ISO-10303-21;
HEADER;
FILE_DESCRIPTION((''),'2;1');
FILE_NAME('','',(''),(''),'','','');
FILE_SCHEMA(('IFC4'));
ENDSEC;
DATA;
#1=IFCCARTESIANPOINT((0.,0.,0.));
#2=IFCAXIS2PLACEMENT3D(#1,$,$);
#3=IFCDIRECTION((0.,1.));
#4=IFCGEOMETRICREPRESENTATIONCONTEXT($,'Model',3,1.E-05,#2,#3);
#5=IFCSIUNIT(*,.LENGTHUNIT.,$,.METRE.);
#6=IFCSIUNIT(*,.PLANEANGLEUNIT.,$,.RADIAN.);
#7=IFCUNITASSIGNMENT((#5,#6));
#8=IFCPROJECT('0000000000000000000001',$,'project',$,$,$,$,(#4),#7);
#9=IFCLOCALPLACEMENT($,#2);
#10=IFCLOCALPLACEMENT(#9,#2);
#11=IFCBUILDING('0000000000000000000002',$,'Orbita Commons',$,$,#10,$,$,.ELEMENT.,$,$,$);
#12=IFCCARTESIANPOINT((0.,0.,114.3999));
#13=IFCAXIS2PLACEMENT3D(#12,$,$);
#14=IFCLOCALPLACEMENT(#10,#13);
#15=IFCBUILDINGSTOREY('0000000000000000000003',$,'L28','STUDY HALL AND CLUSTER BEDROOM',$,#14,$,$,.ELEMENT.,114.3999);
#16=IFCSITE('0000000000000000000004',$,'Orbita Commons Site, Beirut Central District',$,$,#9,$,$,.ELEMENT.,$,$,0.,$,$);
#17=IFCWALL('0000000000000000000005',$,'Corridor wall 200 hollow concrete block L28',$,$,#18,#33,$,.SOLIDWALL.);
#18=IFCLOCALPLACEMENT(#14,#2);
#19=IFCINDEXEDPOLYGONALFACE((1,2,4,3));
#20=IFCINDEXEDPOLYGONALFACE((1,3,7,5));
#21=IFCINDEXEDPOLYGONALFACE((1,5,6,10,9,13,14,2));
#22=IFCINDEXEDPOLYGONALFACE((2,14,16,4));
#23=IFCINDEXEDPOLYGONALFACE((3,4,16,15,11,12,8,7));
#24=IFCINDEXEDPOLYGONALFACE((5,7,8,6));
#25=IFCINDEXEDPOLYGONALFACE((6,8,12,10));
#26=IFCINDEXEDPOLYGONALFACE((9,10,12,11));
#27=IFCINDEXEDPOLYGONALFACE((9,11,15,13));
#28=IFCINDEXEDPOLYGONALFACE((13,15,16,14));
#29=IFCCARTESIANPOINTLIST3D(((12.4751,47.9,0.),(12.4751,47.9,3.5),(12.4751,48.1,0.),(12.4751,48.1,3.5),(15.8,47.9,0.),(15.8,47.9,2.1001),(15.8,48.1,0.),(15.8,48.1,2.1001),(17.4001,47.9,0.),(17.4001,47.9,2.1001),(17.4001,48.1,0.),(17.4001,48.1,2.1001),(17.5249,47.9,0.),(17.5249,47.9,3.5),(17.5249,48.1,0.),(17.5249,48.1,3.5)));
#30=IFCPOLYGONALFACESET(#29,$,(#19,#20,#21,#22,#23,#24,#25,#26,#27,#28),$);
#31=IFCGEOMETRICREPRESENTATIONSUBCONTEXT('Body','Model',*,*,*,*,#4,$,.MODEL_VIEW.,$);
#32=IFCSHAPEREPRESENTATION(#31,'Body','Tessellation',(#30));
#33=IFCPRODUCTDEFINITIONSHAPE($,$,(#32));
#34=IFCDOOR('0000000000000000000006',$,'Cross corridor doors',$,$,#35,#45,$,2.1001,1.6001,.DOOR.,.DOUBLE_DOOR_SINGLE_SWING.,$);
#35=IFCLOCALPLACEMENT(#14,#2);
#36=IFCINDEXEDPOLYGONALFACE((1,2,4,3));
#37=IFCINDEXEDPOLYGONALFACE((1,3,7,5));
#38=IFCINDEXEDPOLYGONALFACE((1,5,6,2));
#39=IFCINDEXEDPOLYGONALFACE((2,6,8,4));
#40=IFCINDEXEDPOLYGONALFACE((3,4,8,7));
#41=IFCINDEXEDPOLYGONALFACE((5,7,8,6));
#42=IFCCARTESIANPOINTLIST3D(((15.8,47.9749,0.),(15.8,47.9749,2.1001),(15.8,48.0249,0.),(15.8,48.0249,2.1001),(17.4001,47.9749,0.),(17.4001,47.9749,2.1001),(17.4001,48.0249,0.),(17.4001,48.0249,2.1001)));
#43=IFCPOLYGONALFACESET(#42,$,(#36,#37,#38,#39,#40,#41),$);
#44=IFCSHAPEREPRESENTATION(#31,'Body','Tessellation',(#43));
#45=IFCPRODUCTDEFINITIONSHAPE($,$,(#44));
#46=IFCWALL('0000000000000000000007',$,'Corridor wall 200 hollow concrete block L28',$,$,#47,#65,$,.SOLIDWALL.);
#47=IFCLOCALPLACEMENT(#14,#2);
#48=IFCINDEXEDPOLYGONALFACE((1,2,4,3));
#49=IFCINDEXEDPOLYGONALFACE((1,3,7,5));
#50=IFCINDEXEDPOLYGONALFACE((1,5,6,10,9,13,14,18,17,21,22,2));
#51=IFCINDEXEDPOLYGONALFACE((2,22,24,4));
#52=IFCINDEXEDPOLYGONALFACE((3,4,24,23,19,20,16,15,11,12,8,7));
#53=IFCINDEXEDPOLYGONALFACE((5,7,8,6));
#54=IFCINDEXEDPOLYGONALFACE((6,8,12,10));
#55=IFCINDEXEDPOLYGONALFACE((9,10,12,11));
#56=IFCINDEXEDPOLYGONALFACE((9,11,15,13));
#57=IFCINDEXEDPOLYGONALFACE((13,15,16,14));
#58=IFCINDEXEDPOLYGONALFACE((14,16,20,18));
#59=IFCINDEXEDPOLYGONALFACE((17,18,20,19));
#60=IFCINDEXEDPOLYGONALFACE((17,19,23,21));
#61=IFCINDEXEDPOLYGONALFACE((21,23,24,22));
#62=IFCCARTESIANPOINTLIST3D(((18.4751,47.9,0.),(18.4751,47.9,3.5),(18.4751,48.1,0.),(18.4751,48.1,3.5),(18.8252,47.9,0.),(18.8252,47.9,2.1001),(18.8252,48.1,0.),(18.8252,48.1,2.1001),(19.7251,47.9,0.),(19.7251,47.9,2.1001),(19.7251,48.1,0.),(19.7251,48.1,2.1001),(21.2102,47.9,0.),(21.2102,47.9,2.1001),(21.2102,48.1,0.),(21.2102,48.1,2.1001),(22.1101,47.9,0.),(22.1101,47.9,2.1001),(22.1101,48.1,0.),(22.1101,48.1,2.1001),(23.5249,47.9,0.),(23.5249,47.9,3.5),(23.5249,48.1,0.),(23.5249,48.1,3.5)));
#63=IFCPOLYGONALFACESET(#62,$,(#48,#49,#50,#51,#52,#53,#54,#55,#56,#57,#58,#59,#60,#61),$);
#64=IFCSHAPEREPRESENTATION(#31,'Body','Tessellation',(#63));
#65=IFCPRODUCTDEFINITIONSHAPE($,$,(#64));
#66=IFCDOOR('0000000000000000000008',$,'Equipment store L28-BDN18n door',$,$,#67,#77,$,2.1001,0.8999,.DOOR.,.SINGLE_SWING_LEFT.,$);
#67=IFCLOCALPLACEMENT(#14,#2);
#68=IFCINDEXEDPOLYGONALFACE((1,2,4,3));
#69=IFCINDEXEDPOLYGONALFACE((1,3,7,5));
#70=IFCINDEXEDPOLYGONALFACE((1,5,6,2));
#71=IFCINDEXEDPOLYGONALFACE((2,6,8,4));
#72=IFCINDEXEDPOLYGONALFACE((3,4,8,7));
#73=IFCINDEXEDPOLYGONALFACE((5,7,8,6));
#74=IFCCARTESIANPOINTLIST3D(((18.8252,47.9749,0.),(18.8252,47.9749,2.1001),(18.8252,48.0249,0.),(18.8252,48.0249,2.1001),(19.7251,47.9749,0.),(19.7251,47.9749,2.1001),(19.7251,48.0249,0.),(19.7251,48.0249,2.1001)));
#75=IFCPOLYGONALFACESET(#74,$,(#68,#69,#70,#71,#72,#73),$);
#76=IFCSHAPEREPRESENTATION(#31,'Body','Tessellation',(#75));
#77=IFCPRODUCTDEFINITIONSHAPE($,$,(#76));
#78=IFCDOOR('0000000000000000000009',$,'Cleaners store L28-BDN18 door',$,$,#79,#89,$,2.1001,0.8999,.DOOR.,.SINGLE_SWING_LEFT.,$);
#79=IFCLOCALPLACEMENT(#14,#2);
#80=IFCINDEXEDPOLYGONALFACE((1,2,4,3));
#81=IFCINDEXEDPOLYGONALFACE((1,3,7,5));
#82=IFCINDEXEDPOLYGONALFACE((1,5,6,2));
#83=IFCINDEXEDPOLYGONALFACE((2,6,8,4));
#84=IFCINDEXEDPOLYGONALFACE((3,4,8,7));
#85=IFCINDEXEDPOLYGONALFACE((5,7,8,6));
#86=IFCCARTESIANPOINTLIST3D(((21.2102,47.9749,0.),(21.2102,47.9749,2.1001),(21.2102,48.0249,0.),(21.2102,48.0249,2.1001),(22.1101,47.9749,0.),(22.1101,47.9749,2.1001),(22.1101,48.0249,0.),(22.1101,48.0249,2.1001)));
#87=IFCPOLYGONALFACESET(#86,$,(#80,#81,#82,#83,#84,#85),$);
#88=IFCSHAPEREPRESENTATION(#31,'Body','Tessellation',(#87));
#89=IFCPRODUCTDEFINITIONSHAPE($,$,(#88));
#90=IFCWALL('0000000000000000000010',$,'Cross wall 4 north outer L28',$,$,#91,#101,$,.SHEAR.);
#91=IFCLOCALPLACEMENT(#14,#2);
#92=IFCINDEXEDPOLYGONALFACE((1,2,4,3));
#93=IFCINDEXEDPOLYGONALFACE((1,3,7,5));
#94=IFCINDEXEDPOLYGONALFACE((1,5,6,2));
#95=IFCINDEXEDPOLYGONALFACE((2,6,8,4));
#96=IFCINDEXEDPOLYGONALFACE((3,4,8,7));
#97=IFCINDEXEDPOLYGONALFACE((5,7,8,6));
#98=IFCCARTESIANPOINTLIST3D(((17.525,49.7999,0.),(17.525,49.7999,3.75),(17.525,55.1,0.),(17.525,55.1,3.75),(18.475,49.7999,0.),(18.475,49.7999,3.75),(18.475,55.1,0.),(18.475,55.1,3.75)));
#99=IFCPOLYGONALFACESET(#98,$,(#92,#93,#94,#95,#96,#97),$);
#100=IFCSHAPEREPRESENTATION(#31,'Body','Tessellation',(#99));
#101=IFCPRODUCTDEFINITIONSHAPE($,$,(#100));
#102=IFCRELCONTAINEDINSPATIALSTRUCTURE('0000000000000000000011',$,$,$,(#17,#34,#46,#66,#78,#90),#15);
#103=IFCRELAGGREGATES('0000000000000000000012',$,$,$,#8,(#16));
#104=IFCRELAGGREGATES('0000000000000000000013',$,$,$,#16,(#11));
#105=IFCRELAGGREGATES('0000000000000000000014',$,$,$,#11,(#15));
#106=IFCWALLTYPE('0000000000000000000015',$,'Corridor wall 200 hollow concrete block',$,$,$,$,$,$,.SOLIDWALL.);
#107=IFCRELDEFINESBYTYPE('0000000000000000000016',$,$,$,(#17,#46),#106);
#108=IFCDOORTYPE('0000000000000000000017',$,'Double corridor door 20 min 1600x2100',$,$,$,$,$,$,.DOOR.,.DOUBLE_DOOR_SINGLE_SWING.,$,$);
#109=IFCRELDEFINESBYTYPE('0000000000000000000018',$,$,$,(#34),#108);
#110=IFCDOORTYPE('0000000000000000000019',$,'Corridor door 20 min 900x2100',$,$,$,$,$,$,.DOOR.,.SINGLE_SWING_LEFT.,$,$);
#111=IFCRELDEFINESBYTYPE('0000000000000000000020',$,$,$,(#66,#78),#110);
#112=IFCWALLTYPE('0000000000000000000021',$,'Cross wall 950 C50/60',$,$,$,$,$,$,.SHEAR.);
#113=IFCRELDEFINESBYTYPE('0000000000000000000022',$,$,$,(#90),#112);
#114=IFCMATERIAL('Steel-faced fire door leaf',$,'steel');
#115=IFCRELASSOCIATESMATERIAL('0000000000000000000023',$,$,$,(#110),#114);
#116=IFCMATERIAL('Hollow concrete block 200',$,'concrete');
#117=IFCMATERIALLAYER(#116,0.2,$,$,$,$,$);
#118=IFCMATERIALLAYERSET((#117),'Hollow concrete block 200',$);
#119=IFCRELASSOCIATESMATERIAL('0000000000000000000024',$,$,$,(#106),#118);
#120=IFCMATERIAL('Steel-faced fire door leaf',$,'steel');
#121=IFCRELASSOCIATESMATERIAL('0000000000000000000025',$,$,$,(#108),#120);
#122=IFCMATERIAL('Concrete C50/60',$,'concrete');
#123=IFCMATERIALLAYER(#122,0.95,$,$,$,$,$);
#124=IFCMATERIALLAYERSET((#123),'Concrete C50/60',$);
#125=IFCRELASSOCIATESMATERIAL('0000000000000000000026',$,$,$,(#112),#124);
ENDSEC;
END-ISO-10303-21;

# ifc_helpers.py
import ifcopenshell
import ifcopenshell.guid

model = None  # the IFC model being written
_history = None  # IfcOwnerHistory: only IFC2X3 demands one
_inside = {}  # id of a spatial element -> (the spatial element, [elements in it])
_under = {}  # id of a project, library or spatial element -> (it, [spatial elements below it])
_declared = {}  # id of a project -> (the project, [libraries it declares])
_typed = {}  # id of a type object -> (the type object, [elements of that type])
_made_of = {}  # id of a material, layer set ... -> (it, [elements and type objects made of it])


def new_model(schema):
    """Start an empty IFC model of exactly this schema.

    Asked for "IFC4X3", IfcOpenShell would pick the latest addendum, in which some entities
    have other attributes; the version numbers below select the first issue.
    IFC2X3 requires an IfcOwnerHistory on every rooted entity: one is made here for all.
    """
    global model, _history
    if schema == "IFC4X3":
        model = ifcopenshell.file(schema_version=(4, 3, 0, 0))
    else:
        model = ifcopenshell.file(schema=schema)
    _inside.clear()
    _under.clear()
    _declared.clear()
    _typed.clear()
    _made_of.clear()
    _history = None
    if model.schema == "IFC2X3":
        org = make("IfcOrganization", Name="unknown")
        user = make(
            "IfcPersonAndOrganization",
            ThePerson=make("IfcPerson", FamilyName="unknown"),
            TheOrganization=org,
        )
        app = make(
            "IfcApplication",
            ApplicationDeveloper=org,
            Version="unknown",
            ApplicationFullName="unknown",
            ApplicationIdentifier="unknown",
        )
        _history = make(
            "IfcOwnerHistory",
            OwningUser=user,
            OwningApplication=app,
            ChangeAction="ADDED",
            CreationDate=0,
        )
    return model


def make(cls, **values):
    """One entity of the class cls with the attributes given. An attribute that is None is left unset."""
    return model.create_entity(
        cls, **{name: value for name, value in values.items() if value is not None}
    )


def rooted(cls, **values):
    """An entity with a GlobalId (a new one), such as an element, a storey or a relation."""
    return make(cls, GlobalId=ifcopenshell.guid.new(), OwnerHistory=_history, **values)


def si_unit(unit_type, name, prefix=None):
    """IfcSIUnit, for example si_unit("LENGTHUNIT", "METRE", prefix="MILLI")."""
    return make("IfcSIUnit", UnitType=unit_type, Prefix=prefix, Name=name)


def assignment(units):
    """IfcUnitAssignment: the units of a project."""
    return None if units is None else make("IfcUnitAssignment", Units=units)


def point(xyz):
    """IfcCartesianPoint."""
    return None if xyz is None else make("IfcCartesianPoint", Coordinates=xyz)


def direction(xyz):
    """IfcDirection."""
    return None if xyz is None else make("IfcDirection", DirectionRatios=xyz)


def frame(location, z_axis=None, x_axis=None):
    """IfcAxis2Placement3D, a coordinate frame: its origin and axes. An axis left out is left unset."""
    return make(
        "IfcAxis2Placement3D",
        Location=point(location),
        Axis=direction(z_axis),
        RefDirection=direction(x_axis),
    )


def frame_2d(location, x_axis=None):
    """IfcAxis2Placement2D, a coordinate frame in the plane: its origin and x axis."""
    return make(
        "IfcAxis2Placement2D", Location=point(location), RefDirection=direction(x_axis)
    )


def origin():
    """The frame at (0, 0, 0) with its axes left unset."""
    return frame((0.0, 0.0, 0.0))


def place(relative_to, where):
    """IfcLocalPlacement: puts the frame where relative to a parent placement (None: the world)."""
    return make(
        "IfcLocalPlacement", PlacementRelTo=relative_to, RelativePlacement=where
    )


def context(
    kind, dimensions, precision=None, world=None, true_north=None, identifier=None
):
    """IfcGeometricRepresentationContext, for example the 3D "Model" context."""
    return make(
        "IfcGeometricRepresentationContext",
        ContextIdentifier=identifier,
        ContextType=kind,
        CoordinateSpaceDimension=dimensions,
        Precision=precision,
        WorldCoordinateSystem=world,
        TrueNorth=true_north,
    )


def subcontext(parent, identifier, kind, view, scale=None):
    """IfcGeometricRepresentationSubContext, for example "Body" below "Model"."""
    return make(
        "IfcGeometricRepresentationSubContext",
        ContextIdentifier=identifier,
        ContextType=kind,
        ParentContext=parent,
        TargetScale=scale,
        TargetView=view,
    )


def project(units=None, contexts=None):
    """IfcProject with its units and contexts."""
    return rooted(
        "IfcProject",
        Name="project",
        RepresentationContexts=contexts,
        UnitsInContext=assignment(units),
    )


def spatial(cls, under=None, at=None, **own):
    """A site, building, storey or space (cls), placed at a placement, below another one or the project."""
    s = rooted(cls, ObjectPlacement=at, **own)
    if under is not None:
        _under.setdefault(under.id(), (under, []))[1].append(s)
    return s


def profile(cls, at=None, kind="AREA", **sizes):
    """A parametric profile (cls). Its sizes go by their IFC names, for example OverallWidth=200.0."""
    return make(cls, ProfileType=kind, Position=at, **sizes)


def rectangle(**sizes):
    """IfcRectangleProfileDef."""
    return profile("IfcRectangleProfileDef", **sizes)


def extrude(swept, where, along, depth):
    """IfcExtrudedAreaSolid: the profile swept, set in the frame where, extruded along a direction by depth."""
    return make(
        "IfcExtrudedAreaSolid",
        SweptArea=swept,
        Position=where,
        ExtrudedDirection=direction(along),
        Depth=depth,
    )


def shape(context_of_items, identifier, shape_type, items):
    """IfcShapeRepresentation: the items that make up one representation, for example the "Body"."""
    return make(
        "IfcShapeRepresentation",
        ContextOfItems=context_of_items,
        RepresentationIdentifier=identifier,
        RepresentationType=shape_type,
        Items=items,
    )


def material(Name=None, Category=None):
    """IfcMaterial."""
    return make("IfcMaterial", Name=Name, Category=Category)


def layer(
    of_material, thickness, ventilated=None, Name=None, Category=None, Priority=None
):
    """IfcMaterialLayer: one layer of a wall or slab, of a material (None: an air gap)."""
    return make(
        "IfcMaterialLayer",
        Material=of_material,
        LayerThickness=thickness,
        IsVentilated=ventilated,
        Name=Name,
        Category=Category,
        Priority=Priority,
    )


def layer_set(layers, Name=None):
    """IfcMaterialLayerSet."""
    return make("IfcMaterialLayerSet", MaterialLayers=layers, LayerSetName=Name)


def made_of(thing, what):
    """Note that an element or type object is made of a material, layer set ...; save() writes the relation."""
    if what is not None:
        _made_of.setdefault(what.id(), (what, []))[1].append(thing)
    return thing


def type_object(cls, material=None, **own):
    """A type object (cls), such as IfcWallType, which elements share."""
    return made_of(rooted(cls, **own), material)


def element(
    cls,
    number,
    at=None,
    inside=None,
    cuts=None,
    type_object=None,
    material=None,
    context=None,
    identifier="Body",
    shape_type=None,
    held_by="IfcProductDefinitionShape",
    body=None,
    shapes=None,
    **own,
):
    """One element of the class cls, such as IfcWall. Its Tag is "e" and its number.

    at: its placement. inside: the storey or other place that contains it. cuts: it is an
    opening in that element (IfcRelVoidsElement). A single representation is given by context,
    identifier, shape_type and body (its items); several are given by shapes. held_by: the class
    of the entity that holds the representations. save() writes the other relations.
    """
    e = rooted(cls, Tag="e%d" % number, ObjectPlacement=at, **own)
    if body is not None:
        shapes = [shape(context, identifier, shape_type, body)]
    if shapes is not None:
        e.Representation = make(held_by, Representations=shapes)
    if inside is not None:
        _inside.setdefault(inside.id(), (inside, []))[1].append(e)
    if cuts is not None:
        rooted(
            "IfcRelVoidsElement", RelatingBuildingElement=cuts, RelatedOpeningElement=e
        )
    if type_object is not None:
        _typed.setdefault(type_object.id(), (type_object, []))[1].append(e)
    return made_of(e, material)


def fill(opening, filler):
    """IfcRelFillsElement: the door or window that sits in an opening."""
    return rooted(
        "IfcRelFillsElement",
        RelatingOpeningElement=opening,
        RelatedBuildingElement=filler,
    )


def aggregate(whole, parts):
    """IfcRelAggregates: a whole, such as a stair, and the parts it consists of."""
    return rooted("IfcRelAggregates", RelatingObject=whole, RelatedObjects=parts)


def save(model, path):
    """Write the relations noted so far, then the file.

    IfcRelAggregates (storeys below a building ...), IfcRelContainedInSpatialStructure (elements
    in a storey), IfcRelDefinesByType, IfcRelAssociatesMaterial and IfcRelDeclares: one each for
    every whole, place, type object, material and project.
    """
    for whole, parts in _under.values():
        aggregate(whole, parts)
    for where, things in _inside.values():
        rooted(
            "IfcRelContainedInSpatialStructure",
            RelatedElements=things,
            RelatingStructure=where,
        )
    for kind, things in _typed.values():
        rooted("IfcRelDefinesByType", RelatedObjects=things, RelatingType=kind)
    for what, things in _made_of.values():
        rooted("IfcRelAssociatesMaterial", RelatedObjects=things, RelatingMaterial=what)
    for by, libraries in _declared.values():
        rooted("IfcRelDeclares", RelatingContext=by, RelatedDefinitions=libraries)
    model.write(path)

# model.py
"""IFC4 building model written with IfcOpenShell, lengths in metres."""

from ifc_helpers import new_model, si_unit, direction, frame, frame_2d, origin, place, context, subcontext, project, spatial, rectangle, extrude, material, layer, layer_set, type_object, element, fill, save


model = new_model("IFC4")

# Units and contexts
model_context = context("Model", 3, precision=1e-05, world=origin(), true_north=direction((0.0, 1.0)))
body_context = subcontext(model_context, "Body", "Model", "MODEL_VIEW")
ifc_project = project(units=[si_unit("LENGTHUNIT", "METRE"), si_unit("PLANEANGLEUNIT", "RADIAN")], contexts=[model_context])

# Site, building, storey
site_placement = place(None, origin())
site = spatial("IfcSite", under=ifc_project, at=site_placement, Name="Orbita Commons Site, Beirut Central District", CompositionType="ELEMENT", RefElevation=0.0)
building_placement = place(site_placement, origin())
building = spatial("IfcBuilding", under=site, at=building_placement, Name="Orbita Commons", CompositionType="ELEMENT")
storey_placement = place(building_placement, frame((0.0, 0.0, 114.3999)))
storey = spatial("IfcBuildingStorey", under=building, at=storey_placement, Name="L28", Description="STUDY HALL AND CLUSTER BEDROOM", CompositionType="ELEMENT", Elevation=114.3999)

# Shared definitions
ifc_material_1 = material(Name="Steel-faced fire door leaf", Category="steel")
door_type_1 = type_object("IfcDoorType", Name="Corridor door 20 min 900x2100", OperationType="SINGLE_SWING_LEFT", PredefinedType="DOOR", material=ifc_material_1)

# Wall, opening, door
ifc_material_2 = material(Name="Hollow concrete block 200", Category="concrete")
ifc_layer_1 = layer(ifc_material_2, 0.2)
ifc_layer_set_1 = layer_set([ifc_layer_1], Name="Hollow concrete block 200")
wall_type_1 = type_object("IfcWallType", Name="Corridor wall 200 hollow concrete block", PredefinedType="SOLIDWALL", material=ifc_layer_set_1)
wall_1_placement = place(storey_placement, frame((12.4751, 48.0, 0.0), z_axis=(0.0, 0.0, 1.0), x_axis=(1.0, 0.0, 0.0)))
wall_1 = element("IfcWall", 1, at=wall_1_placement, inside=storey, type_object=wall_type_1, Name="Corridor wall 200 hollow concrete block L28", PredefinedType="SOLIDWALL", context=body_context, shape_type="SweptSolid", body=[
    extrude(rectangle(XDim=5.0498, YDim=0.2, at=frame_2d((2.5249, 0.0))), origin(), (0.0, 0.0, 1.0), 3.5),
])
opening_1_placement = place(wall_1_placement, frame((3.325, 0.0, 0.0)))
opening_1 = element("IfcOpeningElement", 2, at=opening_1_placement, cuts=wall_1, PredefinedType="OPENING", context=body_context, shape_type="SweptSolid", body=[
    extrude(rectangle(XDim=1.6001, YDim=2.1001, at=frame_2d((0.8, 1.05))), frame((0.0, 0.1099, 0.0), z_axis=(0.0, -1.0, 0.0), x_axis=(1.0, 0.0, 0.0)), (0.0, 0.0, 1.0), 0.22),
])
ifc_material_3 = material(Name="Steel-faced fire door leaf", Category="steel")
door_type_2 = type_object("IfcDoorType", Name="Double corridor door 20 min 1600x2100", OperationType="DOUBLE_DOOR_SINGLE_SWING", PredefinedType="DOOR", material=ifc_material_3)
door_1_placement = place(opening_1_placement, origin())
door_1 = element("IfcDoor", 3, at=door_1_placement, inside=storey, type_object=door_type_2, Name="Cross corridor doors", OperationType="DOUBLE_DOOR_SINGLE_SWING", OverallHeight=2.1001, OverallWidth=1.6001, PredefinedType="DOOR", context=body_context, shape_type="SweptSolid", body=[
    extrude(rectangle(XDim=1.6001, YDim=2.1001, at=frame_2d((0.8, 1.05))), frame((0.0, 0.0249, 0.0), z_axis=(0.0, -1.0, 0.0), x_axis=(1.0, 0.0, 0.0)), (0.0, 0.0, 1.0), 0.05),
])
fill(opening_1, door_1)

# Wall, openings, doors
wall_2_placement = place(storey_placement, frame((18.4751, 48.0, 0.0), z_axis=(0.0, 0.0, 1.0), x_axis=(1.0, 0.0, 0.0)))
wall_2 = element("IfcWall", 4, at=wall_2_placement, inside=storey, type_object=wall_type_1, Name="Corridor wall 200 hollow concrete block L28", PredefinedType="SOLIDWALL", context=body_context, shape_type="SweptSolid", body=[
    extrude(rectangle(XDim=5.0498, YDim=0.2, at=frame_2d((2.5249, 0.0))), origin(), (0.0, 0.0, 1.0), 3.5),
])
opening_2_placement = place(wall_2_placement, frame((0.3501, 0.0, 0.0)))
opening_2 = element("IfcOpeningElement", 5, at=opening_2_placement, cuts=wall_2, PredefinedType="OPENING", context=body_context, shape_type="SweptSolid", body=[
    extrude(rectangle(XDim=0.8999, YDim=2.1001, at=frame_2d((0.45, 1.05))), frame((0.0, 0.1099, 0.0), z_axis=(0.0, -1.0, 0.0), x_axis=(1.0, 0.0, 0.0)), (0.0, 0.0, 1.0), 0.22),
])
opening_3_placement = place(wall_2_placement, frame((2.7351, 0.0, 0.0)))
opening_3 = element("IfcOpeningElement", 6, at=opening_3_placement, cuts=wall_2, PredefinedType="OPENING", context=body_context, shape_type="SweptSolid", body=[
    extrude(rectangle(XDim=0.8999, YDim=2.1001, at=frame_2d((0.45, 1.05))), frame((0.0, 0.1099, 0.0), z_axis=(0.0, -1.0, 0.0), x_axis=(1.0, 0.0, 0.0)), (0.0, 0.0, 1.0), 0.22),
])
door_2_placement = place(opening_2_placement, origin())
door_2 = element("IfcDoor", 7, at=door_2_placement, inside=storey, type_object=door_type_1, Name="Equipment store L28-BDN18n door", OperationType="SINGLE_SWING_LEFT", OverallHeight=2.1001, OverallWidth=0.8999, PredefinedType="DOOR", context=body_context, shape_type="SweptSolid", body=[
    extrude(rectangle(XDim=0.8999, YDim=2.1001, at=frame_2d((0.45, 1.05))), frame((0.0, 0.0249, 0.0), z_axis=(0.0, -1.0, 0.0), x_axis=(1.0, 0.0, 0.0)), (0.0, 0.0, 1.0), 0.05),
])
fill(opening_2, door_2)
door_3_placement = place(opening_3_placement, origin())
door_3 = element("IfcDoor", 8, at=door_3_placement, inside=storey, type_object=door_type_1, Name="Cleaners store L28-BDN18 door", OperationType="SINGLE_SWING_LEFT", OverallHeight=2.1001, OverallWidth=0.8999, PredefinedType="DOOR", context=body_context, shape_type="SweptSolid", body=[
    extrude(rectangle(XDim=0.8999, YDim=2.1001, at=frame_2d((0.45, 1.05))), frame((0.0, 0.0249, 0.0), z_axis=(0.0, -1.0, 0.0), x_axis=(1.0, 0.0, 0.0)), (0.0, 0.0, 1.0), 0.05),
])
fill(opening_3, door_3)

# Wall
ifc_material_4 = material(Name="Concrete C50/60", Category="concrete")
ifc_layer_2 = layer(ifc_material_4, 0.95)
ifc_layer_set_2 = layer_set([ifc_layer_2], Name="Concrete C50/60")
wall_type_2 = type_object("IfcWallType", Name="Cross wall 950 C50/60", PredefinedType="SHEAR", material=ifc_layer_set_2)
wall_3_placement = place(storey_placement, frame((18.0, 49.8, 0.0), z_axis=(0.0, 0.0, 1.0), x_axis=(0.0, 1.0, 0.0)))
element("IfcWall", 9, at=wall_3_placement, inside=storey, type_object=wall_type_2, Name="Cross wall 4 north outer L28", PredefinedType="SHEAR", context=body_context, shape_type="SweptSolid", body=[
    extrude(rectangle(XDim=5.3, YDim=0.95, at=frame_2d((2.6499, 0.0))), origin(), (0.0, 0.0, 1.0), 3.75),
])

save(model, "model.ifc")
